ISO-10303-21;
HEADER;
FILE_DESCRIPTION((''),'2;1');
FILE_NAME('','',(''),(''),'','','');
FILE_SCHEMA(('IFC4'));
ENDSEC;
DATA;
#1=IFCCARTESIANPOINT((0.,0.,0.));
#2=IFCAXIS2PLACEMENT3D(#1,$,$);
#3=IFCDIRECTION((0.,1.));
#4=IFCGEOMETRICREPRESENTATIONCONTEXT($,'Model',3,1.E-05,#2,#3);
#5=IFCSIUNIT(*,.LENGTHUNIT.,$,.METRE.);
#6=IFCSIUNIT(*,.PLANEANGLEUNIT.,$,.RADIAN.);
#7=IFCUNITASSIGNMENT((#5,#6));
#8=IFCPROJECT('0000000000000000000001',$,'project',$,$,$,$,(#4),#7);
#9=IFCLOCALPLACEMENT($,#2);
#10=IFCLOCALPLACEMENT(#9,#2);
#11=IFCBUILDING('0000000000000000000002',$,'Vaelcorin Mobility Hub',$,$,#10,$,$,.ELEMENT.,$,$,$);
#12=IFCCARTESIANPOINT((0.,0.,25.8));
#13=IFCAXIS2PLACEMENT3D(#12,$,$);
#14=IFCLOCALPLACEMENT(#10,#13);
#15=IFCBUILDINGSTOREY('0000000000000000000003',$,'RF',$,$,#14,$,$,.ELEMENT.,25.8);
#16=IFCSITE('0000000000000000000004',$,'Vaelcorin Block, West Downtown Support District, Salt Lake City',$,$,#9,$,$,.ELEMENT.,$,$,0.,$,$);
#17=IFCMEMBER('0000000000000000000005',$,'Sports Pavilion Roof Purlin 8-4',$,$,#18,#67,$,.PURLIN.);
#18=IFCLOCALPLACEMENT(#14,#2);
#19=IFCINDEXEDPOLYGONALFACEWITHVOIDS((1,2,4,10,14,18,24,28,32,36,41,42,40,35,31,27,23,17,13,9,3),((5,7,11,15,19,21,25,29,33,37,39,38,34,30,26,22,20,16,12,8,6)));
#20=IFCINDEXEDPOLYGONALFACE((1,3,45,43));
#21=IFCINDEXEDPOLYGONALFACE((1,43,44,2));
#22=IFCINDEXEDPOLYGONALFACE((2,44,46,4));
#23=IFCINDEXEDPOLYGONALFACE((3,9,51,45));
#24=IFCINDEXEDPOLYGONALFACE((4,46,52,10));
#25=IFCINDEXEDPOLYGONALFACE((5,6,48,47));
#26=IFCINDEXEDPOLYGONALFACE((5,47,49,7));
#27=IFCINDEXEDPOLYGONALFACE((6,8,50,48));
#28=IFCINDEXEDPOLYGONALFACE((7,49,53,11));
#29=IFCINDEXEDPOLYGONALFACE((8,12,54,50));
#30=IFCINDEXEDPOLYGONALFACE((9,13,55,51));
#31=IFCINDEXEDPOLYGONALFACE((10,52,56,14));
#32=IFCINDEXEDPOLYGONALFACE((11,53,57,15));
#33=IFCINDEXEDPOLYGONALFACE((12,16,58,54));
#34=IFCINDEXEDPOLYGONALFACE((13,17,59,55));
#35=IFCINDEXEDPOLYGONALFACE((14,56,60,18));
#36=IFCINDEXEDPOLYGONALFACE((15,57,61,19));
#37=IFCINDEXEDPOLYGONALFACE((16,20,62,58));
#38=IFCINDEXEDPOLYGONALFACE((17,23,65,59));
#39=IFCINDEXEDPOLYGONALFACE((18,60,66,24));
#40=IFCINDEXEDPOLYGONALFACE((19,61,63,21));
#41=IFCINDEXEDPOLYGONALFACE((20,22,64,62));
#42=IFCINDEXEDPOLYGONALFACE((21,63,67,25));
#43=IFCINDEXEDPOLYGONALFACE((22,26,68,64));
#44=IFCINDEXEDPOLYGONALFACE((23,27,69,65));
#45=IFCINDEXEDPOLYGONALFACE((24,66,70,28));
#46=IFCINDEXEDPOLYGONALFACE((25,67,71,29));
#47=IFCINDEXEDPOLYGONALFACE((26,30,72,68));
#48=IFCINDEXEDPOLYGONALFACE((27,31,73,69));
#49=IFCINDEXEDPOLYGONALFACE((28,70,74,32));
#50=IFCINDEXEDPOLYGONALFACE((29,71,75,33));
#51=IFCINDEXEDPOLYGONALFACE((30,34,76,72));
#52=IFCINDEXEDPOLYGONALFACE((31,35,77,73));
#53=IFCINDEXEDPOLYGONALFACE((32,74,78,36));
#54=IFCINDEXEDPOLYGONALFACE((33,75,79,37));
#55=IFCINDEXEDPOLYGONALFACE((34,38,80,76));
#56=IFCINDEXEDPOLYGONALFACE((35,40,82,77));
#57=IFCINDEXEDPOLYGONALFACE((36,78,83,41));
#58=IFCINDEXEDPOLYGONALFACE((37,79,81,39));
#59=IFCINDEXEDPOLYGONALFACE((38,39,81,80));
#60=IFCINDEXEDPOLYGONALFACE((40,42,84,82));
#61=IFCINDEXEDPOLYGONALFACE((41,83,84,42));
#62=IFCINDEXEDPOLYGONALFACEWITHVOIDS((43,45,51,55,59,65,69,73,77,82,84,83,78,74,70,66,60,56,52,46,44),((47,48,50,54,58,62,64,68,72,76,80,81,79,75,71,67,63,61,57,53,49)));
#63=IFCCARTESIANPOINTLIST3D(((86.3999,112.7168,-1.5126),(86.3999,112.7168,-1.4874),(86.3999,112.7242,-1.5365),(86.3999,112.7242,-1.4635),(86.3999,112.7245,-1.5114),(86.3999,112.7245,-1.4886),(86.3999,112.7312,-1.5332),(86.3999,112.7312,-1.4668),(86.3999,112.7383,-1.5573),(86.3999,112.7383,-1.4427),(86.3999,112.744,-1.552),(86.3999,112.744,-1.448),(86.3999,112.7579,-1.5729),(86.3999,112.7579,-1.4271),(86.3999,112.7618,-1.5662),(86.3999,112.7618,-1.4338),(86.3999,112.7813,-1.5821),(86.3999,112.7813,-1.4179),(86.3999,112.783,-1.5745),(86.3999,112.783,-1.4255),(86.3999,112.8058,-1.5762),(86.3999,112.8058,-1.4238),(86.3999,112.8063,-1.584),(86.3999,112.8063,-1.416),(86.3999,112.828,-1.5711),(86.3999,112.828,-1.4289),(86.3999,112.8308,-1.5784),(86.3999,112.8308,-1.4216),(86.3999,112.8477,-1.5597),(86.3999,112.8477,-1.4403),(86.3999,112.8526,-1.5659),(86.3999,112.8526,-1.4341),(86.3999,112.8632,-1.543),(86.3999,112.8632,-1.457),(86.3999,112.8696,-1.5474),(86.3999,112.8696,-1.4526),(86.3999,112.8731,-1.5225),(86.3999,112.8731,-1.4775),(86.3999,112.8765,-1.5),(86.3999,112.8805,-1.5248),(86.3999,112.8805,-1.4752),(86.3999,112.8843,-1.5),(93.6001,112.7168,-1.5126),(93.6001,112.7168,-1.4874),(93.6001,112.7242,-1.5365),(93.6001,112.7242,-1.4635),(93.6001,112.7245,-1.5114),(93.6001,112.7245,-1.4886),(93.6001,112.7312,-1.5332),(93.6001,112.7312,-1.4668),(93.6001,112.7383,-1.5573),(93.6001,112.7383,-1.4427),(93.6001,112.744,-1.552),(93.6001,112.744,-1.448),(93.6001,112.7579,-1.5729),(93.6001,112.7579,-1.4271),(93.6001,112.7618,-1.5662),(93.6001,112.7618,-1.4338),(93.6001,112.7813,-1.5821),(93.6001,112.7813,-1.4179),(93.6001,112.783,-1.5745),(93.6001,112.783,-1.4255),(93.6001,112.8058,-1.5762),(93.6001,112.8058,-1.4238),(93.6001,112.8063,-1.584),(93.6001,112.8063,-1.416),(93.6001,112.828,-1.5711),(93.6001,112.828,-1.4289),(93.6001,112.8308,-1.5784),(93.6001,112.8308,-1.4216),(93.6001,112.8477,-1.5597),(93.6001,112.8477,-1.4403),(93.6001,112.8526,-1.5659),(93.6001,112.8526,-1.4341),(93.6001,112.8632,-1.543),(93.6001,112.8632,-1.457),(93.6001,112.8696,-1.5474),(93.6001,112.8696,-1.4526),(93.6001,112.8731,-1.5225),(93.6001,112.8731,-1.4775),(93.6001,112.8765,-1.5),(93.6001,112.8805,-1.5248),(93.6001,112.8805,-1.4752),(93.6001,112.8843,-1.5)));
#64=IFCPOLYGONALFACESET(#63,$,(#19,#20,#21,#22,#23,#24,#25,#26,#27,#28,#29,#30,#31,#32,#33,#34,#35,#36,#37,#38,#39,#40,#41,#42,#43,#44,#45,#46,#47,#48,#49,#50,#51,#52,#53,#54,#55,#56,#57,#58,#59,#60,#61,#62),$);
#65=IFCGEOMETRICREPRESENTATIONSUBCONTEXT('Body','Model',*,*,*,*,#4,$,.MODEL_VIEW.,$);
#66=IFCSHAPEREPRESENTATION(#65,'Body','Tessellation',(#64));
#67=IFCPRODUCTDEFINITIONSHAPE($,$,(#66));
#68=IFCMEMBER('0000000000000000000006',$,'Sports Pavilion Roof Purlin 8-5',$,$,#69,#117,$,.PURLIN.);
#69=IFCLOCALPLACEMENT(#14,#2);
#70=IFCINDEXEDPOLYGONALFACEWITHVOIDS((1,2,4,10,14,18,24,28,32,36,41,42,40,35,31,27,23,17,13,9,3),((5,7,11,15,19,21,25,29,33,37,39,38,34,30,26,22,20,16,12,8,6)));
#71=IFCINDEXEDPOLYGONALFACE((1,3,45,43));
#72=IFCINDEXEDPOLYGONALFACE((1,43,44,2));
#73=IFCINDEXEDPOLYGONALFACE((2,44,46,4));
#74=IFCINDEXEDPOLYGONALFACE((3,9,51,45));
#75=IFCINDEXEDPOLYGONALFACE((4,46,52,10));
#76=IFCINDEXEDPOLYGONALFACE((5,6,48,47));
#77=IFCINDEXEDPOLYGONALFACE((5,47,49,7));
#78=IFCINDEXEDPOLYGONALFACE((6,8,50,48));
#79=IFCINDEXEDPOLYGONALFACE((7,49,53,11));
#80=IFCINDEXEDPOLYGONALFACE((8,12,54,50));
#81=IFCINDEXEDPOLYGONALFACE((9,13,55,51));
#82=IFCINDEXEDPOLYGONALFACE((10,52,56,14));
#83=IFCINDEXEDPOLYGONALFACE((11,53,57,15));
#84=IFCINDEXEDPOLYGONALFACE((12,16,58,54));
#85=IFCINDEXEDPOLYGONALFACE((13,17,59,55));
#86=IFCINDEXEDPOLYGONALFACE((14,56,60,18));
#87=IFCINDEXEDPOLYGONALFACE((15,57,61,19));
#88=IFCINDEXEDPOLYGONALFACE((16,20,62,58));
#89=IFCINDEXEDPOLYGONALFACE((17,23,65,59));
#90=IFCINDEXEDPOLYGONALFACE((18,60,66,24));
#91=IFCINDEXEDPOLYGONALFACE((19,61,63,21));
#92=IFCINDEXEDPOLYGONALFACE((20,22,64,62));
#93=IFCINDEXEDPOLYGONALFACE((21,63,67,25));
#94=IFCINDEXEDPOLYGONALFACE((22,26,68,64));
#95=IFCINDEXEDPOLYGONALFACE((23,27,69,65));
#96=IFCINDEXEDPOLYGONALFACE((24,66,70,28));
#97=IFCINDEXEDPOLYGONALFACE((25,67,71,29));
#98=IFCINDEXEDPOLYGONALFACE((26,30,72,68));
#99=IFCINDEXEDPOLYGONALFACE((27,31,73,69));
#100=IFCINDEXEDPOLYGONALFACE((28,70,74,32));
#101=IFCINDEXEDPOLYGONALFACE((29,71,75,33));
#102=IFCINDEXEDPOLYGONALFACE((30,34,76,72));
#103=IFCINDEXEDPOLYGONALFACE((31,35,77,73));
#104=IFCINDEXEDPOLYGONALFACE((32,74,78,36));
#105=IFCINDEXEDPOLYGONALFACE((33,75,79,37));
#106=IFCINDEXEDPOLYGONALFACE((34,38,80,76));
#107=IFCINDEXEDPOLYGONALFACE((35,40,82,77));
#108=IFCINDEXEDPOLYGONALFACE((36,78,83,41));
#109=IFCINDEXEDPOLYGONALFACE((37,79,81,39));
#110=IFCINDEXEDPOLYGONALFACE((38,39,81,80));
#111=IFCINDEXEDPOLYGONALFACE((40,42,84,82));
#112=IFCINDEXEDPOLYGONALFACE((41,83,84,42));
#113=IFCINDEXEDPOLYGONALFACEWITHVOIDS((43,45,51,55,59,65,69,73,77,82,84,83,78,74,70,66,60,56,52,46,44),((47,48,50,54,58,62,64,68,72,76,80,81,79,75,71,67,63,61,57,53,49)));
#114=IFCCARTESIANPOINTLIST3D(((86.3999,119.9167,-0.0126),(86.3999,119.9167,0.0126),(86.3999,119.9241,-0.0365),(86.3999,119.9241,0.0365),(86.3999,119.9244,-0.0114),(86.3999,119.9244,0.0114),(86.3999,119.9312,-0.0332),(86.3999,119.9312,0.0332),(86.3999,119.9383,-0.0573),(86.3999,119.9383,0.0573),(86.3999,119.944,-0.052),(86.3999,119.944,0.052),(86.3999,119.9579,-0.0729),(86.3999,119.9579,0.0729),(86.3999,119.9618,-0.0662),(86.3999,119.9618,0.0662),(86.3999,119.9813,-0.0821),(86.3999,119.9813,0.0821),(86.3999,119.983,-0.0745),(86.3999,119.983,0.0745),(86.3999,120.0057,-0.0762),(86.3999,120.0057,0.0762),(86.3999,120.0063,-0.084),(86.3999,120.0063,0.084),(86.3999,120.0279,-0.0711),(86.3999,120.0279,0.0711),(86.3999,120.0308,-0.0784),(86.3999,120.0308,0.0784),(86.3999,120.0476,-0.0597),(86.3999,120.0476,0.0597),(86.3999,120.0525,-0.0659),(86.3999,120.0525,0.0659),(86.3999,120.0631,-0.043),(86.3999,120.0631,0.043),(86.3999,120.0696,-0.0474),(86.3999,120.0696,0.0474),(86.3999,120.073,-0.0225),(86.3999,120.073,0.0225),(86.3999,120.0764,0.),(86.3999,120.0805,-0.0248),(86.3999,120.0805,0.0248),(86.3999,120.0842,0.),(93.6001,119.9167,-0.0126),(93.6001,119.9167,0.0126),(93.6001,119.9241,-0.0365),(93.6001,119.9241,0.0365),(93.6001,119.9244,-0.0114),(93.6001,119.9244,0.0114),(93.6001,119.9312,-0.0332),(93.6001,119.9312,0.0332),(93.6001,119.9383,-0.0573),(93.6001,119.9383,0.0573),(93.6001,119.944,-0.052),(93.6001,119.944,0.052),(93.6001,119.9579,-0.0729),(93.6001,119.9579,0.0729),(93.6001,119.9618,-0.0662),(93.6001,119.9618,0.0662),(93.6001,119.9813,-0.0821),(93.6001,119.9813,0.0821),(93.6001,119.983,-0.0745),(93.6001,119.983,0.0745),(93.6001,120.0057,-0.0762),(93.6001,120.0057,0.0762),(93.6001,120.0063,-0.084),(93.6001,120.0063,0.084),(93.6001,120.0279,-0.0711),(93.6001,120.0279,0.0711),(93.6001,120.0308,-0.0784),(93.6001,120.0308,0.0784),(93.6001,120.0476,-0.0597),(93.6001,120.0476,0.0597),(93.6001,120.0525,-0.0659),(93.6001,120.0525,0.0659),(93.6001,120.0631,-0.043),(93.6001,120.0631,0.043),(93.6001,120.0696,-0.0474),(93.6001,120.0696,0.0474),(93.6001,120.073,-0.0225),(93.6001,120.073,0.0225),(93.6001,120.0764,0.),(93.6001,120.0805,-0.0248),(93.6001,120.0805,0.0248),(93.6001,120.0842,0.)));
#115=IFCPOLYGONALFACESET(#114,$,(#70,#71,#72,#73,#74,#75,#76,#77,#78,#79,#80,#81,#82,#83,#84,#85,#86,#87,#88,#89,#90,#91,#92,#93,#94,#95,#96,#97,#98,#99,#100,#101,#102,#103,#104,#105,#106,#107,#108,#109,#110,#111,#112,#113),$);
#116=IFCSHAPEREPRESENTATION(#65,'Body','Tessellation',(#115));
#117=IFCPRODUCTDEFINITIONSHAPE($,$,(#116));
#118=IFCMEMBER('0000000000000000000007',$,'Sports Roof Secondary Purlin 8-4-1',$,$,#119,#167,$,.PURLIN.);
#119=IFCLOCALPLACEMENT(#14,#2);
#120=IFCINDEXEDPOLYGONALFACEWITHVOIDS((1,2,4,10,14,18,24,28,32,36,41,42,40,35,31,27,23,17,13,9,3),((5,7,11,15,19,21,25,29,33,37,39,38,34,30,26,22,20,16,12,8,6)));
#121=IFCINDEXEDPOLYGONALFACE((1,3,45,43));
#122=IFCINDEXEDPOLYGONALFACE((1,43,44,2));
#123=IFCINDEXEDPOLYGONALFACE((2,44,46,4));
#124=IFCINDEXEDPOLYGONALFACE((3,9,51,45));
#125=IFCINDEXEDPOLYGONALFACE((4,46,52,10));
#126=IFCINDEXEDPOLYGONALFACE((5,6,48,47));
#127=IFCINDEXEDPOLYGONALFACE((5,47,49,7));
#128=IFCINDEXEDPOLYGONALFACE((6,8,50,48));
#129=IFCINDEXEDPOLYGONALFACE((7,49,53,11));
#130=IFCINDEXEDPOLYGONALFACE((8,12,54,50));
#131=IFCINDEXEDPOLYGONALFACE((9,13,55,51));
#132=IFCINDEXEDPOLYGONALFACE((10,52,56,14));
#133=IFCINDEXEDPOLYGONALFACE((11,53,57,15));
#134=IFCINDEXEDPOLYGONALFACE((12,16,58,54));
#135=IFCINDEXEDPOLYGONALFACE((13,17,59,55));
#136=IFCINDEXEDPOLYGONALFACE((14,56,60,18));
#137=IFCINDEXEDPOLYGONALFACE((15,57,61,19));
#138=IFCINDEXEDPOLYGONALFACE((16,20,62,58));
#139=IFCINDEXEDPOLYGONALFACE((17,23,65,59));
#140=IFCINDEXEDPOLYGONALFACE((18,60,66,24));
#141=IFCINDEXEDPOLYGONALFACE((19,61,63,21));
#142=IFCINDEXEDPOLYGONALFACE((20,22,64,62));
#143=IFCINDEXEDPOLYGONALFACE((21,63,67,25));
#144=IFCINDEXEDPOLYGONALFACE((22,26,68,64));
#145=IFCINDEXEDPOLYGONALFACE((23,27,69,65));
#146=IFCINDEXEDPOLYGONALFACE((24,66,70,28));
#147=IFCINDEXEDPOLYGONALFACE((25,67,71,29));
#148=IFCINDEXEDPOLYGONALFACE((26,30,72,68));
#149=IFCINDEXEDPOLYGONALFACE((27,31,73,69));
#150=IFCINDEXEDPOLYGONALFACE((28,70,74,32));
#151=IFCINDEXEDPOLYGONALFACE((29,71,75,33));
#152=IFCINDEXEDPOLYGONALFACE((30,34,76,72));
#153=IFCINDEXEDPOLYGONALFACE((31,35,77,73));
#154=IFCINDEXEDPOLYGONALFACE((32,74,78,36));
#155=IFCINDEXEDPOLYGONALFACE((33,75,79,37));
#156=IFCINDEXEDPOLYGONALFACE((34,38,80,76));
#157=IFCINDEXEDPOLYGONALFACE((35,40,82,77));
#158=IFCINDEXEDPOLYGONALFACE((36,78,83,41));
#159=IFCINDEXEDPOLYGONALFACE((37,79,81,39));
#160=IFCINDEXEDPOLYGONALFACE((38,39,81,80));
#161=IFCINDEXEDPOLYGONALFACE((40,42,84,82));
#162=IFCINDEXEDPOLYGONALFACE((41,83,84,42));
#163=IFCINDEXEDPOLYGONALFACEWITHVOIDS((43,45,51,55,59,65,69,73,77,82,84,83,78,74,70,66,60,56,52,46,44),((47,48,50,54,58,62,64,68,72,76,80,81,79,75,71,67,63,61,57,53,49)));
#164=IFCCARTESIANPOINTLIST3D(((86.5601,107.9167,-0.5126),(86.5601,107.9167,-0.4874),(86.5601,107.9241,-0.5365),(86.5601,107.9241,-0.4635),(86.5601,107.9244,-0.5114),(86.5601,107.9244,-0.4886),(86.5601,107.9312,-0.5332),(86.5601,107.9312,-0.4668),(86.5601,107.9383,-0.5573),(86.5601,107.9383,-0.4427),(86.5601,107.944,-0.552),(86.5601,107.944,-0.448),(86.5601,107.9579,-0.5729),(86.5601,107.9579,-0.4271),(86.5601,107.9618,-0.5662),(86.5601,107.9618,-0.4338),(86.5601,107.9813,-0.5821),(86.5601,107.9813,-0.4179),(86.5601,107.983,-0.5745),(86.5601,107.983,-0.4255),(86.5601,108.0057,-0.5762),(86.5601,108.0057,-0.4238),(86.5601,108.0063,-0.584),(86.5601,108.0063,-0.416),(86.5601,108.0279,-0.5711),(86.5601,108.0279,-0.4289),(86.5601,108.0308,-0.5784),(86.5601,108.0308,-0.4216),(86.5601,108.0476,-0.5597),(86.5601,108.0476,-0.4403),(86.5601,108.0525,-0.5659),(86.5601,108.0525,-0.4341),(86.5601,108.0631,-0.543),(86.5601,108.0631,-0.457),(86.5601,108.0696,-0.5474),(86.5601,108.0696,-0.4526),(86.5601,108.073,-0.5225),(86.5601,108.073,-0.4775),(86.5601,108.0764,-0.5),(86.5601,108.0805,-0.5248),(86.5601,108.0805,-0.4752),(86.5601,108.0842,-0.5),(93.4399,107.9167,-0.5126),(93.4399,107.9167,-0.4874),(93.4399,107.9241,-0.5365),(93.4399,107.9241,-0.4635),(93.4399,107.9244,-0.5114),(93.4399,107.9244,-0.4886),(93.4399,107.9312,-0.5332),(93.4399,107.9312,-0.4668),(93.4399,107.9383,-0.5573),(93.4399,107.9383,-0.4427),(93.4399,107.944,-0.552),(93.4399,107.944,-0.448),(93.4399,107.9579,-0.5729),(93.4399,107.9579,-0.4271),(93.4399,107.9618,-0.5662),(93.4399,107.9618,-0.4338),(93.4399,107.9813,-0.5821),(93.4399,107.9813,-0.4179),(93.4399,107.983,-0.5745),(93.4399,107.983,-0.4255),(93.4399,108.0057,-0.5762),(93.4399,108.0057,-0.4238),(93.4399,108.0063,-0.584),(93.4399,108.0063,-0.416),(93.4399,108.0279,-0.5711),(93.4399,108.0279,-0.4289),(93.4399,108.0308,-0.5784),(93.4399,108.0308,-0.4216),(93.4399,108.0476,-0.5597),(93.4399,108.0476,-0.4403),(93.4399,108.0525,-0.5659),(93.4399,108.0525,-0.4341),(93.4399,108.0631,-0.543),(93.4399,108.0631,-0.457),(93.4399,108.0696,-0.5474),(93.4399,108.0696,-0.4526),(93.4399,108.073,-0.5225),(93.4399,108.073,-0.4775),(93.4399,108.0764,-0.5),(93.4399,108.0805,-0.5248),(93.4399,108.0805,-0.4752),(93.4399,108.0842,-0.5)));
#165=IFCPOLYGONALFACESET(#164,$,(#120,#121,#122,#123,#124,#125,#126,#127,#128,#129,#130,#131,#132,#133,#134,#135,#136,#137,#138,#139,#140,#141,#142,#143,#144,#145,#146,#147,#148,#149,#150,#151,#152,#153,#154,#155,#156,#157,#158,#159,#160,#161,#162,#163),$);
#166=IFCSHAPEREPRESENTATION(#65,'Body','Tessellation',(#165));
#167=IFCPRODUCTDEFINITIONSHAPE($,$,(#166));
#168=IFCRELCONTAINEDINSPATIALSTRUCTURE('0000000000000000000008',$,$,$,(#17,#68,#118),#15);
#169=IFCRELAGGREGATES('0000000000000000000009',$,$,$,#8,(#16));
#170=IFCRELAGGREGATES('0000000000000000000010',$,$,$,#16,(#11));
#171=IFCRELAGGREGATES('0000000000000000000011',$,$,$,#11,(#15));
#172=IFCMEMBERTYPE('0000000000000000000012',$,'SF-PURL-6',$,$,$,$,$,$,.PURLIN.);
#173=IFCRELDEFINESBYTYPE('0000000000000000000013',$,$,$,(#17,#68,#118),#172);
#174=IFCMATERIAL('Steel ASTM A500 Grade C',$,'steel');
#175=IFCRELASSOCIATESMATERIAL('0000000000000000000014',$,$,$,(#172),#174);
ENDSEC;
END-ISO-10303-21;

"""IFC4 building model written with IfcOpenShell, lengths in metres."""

from ifc_helpers import new_model, si_unit, direction, frame, origin, origin_2d, place, context, subcontext, project, spatial, hollow_circle, extrude, material, material_profile, profile_set, type_object, element, save


model = new_model("IFC4")

# Units and contexts
model_context = context("Model", 3, precision=1e-05, world=origin(), true_north=direction((0.0, 1.0)))
body_context = subcontext(model_context, "Body", "Model", "MODEL_VIEW")
ifc_project = project(units=[si_unit("LENGTHUNIT", "METRE"), si_unit("PLANEANGLEUNIT", "RADIAN")], contexts=[model_context])

# Site, building, storey
site_placement = place(None, origin())
site = spatial("IfcSite", under=ifc_project, at=site_placement, Name="Vaelcorin Block, West Downtown Support District, Salt Lake City", CompositionType="ELEMENT", RefElevation=0.0)
building_placement = place(site_placement, origin())
building = spatial("IfcBuilding", under=site, at=building_placement, Name="Vaelcorin Mobility Hub", CompositionType="ELEMENT")
storey_placement = place(building_placement, frame((0.0, 0.0, 25.8)))
storey = spatial("IfcBuildingStorey", under=building, at=storey_placement, Name="RF", CompositionType="ELEMENT", Elevation=25.8)

# Members
ifc_material_1 = material(Name="Steel ASTM A500 Grade C", Category="steel")
ifc_material_profile_1 = material_profile(ifc_material_1, hollow_circle(Radius=0.0842, WallThickness=0.0078, at=origin_2d()), Name="HSS6.625X0.312")
ifc_profile_set_1 = profile_set([ifc_material_profile_1], Name="Steel ASTM A500 Grade C")
member_type_1 = type_object("IfcMemberType", Name="SF-PURL-6", PredefinedType="PURLIN", material=ifc_profile_set_1)
for number, where, z_axis, x_axis, name in (
    (1, (86.3999, 112.8, -1.5), (1.0, 0.0, 0.0), (0.0, 1.0, 0.0), "Sports Pavilion Roof Purlin 8-4"),
    (2, (86.3999, 120.0, 0.0), (1.0, 0.0, 0.0), (0.0, 1.0, 0.0), "Sports Pavilion Roof Purlin 8-5"),
):
    element("IfcMember", number, at=place(storey_placement, frame(where, z_axis=z_axis, x_axis=x_axis)), inside=storey, type_object=member_type_1, Name=name, PredefinedType="PURLIN", context=body_context, shape_type="SweptSolid", body=[
        extrude(hollow_circle(Radius=0.0842, WallThickness=0.0078, at=origin_2d()), origin(), (0.0, 0.0, 1.0), 7.2002),
    ])
for number, where, z_axis, x_axis, name in (
    (3, (86.5601, 108.0, -0.5), (1.0, 0.0, 0.0), (0.0, 1.0, 0.0), "Sports Roof Secondary Purlin 8-4-1"),
):
    element("IfcMember", number, at=place(storey_placement, frame(where, z_axis=z_axis, x_axis=x_axis)), inside=storey, type_object=member_type_1, Name=name, PredefinedType="PURLIN", context=body_context, shape_type="SweptSolid", body=[
        extrude(hollow_circle(Radius=0.0842, WallThickness=0.0078, at=origin_2d()), origin(), (0.0, 0.0, 1.0), 6.8799),
    ])

save(model, "model.ifc")
